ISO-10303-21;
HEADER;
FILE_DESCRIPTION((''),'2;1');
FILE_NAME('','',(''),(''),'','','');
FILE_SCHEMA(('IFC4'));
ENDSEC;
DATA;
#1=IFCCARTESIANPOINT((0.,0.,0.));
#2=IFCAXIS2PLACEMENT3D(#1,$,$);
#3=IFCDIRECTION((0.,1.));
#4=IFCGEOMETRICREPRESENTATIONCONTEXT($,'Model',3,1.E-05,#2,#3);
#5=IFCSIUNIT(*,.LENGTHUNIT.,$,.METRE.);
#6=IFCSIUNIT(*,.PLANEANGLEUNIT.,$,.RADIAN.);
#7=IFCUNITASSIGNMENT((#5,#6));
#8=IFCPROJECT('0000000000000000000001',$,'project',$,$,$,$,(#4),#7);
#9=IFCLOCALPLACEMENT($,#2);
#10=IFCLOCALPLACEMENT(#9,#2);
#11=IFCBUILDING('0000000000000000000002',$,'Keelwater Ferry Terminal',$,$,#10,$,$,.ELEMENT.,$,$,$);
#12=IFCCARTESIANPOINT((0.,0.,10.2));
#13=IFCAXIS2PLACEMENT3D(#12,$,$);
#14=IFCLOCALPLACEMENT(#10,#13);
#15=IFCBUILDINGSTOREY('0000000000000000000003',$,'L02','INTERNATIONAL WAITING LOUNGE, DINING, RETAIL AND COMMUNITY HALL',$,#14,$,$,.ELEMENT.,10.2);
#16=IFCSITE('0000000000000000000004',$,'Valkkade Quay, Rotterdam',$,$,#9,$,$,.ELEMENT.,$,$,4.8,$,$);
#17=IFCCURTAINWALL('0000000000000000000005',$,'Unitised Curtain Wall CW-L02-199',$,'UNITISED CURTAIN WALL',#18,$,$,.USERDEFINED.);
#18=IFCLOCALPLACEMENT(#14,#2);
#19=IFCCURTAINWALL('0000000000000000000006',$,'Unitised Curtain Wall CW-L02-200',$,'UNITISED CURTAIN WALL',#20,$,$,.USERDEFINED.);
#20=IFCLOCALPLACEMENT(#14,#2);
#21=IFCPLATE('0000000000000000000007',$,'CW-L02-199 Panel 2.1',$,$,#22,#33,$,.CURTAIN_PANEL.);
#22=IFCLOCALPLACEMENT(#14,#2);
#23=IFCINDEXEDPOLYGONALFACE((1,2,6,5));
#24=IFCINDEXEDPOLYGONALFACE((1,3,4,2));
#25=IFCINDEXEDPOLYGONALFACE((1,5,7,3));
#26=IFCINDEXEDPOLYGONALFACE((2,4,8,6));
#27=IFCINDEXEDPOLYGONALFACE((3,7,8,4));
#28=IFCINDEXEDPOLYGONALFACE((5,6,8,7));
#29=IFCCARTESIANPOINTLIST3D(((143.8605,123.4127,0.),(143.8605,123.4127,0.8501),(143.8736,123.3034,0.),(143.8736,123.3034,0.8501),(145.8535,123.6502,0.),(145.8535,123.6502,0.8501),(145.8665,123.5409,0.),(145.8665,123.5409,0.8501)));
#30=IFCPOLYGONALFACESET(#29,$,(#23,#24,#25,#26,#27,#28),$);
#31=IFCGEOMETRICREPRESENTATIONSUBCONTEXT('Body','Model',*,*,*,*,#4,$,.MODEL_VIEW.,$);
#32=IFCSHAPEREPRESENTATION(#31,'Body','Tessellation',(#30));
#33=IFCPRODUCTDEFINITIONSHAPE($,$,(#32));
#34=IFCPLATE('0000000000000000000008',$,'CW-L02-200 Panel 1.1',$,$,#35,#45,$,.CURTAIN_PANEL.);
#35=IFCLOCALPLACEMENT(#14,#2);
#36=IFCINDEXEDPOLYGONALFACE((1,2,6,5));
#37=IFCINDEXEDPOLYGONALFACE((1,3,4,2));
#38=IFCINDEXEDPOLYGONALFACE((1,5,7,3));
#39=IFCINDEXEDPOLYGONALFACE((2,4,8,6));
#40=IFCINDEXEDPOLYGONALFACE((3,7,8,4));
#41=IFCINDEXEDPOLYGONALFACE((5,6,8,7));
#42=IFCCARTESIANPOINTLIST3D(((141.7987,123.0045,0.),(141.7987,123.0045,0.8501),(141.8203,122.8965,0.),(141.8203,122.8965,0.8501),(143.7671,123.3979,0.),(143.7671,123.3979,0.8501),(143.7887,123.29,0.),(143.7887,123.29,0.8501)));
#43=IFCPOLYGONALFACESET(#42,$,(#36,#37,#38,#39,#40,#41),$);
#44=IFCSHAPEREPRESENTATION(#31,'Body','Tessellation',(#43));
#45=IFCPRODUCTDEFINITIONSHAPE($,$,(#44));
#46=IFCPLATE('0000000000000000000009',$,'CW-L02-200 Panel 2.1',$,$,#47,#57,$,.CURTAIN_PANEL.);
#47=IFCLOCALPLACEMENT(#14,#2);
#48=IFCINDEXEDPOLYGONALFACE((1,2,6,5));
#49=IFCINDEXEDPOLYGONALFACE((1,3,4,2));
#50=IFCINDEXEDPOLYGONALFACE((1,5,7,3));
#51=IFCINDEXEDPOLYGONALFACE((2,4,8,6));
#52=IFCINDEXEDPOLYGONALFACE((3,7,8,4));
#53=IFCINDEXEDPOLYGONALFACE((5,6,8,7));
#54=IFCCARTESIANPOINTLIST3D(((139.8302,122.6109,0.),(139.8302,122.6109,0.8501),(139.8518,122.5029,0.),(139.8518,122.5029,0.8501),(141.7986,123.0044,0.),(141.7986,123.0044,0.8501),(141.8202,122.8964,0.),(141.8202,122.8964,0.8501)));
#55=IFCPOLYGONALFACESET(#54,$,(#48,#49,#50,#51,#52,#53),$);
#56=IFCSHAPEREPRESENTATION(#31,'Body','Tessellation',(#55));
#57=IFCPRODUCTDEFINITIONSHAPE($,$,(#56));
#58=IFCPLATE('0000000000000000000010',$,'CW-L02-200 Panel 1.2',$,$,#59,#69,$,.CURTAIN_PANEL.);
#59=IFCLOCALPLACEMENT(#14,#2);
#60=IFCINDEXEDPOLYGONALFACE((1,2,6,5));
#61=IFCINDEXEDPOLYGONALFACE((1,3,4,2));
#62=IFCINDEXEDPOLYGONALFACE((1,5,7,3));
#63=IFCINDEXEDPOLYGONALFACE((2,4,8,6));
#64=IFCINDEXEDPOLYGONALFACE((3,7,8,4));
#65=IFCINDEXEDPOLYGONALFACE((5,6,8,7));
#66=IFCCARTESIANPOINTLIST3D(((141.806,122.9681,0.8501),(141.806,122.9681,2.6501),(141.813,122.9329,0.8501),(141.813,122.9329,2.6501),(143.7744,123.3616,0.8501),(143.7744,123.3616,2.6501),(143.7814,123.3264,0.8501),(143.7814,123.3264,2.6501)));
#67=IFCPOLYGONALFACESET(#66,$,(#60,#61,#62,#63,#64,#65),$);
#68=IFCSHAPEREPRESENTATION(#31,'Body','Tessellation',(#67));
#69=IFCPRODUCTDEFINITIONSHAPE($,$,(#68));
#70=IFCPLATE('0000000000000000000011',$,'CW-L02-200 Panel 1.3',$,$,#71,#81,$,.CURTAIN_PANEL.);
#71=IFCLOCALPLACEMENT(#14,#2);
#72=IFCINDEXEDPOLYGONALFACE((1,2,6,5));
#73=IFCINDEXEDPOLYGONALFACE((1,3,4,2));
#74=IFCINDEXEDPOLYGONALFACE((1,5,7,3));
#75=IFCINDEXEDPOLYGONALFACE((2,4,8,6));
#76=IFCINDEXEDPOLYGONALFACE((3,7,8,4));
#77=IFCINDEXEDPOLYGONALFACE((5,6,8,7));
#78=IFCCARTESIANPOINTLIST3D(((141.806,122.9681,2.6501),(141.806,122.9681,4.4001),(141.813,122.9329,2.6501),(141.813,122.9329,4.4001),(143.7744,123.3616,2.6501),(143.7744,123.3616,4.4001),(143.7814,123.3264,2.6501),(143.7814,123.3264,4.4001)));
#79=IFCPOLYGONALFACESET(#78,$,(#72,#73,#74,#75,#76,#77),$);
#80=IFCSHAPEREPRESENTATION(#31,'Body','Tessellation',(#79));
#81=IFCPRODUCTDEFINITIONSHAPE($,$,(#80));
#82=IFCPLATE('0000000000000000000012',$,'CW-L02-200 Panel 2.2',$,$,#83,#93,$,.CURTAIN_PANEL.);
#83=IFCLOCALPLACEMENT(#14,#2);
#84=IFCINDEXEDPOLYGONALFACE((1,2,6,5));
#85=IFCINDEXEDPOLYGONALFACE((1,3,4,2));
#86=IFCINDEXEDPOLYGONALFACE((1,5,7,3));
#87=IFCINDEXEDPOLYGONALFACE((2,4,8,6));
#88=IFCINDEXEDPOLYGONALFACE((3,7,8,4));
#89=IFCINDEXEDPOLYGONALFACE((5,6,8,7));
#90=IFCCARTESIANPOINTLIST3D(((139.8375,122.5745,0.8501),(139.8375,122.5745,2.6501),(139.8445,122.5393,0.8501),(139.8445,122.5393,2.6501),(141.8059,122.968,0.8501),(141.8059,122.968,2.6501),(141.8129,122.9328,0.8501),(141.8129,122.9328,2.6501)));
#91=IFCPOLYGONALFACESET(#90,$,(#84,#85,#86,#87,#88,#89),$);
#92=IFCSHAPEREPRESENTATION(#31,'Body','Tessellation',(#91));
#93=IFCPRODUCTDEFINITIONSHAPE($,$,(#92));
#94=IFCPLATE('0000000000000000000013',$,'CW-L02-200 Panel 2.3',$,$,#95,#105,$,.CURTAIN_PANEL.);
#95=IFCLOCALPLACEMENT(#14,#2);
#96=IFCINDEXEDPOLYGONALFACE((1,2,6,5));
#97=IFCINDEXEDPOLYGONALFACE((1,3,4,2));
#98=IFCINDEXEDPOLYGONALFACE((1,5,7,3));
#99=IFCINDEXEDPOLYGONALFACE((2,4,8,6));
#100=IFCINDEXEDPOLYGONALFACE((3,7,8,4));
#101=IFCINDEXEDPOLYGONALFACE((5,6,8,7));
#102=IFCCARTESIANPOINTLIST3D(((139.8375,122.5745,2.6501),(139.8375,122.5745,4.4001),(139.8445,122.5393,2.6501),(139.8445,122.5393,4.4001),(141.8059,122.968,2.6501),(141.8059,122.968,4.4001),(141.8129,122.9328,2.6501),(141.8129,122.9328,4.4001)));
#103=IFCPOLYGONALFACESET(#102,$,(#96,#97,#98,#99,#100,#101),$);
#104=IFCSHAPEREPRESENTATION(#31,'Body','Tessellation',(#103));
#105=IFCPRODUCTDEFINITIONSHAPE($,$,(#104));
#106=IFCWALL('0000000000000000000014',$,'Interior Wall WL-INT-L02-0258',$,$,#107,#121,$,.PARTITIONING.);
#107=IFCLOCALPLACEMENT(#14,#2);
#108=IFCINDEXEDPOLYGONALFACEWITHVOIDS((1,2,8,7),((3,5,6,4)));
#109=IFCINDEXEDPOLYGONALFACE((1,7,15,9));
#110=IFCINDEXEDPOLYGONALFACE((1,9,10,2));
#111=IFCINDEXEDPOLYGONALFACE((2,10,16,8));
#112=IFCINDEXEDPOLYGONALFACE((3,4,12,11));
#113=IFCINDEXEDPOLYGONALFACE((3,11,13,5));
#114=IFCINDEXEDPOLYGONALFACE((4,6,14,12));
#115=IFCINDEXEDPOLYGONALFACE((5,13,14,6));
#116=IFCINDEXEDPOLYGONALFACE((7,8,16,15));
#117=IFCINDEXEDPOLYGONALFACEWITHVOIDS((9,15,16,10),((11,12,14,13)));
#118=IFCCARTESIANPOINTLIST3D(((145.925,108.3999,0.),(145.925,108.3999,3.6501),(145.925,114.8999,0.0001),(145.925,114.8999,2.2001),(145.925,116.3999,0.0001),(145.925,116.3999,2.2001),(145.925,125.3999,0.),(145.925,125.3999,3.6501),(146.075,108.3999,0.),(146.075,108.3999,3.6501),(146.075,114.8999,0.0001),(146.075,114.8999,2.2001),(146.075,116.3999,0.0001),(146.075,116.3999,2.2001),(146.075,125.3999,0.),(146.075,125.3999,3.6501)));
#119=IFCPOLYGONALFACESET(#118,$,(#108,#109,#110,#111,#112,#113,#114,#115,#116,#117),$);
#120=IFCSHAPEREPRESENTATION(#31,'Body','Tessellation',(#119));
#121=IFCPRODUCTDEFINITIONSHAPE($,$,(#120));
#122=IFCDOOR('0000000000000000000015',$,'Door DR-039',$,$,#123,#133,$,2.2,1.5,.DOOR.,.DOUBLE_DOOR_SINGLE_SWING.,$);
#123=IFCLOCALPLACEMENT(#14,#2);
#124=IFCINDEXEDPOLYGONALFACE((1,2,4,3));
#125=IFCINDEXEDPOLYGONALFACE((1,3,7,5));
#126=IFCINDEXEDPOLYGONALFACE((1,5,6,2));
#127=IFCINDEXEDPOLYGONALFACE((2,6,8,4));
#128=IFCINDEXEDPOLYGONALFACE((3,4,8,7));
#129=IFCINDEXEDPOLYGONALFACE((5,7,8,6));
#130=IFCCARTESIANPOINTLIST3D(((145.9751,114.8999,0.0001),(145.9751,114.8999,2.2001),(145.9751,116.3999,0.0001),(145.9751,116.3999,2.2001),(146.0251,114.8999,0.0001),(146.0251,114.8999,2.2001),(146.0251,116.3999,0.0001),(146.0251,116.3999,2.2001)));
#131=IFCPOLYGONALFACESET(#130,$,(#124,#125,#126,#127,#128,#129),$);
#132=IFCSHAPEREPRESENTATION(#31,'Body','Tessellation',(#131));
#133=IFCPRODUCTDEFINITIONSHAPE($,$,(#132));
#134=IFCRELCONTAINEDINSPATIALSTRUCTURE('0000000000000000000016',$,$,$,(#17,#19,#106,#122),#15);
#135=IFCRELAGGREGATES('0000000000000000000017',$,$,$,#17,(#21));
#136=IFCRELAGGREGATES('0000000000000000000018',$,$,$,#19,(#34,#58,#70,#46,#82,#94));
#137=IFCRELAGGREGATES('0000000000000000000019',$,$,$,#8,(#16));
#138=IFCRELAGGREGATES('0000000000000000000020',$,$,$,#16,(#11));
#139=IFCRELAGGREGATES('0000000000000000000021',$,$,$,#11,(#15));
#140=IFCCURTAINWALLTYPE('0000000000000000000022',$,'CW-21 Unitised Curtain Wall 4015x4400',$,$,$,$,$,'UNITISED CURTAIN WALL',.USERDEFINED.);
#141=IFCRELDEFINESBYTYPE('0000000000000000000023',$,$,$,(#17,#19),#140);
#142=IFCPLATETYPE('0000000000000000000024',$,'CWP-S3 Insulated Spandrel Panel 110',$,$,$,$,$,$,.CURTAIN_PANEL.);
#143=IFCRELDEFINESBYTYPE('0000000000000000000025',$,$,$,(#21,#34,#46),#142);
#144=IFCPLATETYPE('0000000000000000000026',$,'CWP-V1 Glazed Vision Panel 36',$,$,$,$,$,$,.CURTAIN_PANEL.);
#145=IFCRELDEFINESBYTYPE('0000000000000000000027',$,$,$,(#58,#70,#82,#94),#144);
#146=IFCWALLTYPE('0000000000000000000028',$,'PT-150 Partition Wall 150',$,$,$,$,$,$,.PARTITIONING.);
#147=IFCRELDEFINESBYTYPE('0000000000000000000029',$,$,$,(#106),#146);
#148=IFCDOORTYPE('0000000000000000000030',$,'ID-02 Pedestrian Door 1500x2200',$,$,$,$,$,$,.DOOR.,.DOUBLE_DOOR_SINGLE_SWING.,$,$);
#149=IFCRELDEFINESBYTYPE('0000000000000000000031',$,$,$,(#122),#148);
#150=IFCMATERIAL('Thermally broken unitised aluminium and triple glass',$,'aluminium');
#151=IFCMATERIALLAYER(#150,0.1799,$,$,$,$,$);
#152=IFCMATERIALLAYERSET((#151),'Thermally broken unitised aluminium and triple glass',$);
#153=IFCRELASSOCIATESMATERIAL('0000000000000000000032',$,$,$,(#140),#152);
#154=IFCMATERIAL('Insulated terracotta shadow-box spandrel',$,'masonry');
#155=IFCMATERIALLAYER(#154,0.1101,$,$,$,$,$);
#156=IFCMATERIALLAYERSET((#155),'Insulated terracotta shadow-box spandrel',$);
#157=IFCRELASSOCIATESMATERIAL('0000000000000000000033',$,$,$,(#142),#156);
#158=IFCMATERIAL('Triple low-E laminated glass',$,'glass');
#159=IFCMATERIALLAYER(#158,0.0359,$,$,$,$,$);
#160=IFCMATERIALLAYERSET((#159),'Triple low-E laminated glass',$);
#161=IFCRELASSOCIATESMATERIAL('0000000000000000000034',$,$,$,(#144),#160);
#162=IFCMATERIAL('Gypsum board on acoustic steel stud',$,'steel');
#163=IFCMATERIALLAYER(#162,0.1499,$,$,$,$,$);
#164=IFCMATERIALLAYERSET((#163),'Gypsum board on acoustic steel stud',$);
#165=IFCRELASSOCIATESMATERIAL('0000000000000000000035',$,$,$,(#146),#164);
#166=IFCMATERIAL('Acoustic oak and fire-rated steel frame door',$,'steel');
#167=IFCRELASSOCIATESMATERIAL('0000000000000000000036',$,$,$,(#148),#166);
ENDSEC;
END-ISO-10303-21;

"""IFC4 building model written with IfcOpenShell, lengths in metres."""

from ifc_helpers import new_model, si_unit, direction, frame, frame_2d, origin, origin_2d, place, context, subcontext, project, spatial, rectangle, extrude, material, layer, layer_set, type_object, element, fill, aggregate, save


model = new_model("IFC4")

# Units and contexts
model_context = context("Model", 3, precision=1e-05, world=origin(), true_north=direction((0.0, 1.0)))
body_context = subcontext(model_context, "Body", "Model", "MODEL_VIEW")
ifc_project = project(units=[si_unit("LENGTHUNIT", "METRE"), si_unit("PLANEANGLEUNIT", "RADIAN")], contexts=[model_context])

# Site, building, storey
site_placement = place(None, origin())
site = spatial("IfcSite", under=ifc_project, at=site_placement, Name="Valkkade Quay, Rotterdam", CompositionType="ELEMENT", RefElevation=4.8)
building_placement = place(site_placement, origin())
building = spatial("IfcBuilding", under=site, at=building_placement, Name="Keelwater Ferry Terminal", CompositionType="ELEMENT")
storey_placement = place(building_placement, frame((0.0, 0.0, 10.2)))
storey = spatial("IfcBuildingStorey", under=building, at=storey_placement, Name="L02", Description="INTERNATIONAL WAITING LOUNGE, DINING, RETAIL AND COMMUNITY HALL", CompositionType="ELEMENT", Elevation=10.2)

# Curtain wall
ifc_material_1 = material(Name="Thermally broken unitised aluminium and triple glass", Category="aluminium")
ifc_layer_1 = layer(ifc_material_1, 0.1799)
ifc_layer_set_1 = layer_set([ifc_layer_1], Name="Thermally broken unitised aluminium and triple glass")
curtain_wall_type = type_object("IfcCurtainWallType", Name="CW-21 Unitised Curtain Wall 4015x4400", ElementType="UNITISED CURTAIN WALL", PredefinedType="USERDEFINED", material=ifc_layer_set_1)
curtain_wall_1_placement = place(storey_placement, origin())
curtain_wall_1 = element("IfcCurtainWall", 1, at=curtain_wall_1_placement, inside=storey, type_object=curtain_wall_type, Name="Unitised Curtain Wall CW-L02-199", ObjectType="UNITISED CURTAIN WALL", PredefinedType="USERDEFINED")

# Curtain wall
curtain_wall_2_placement = place(storey_placement, origin())
curtain_wall_2 = element("IfcCurtainWall", 2, at=curtain_wall_2_placement, inside=storey, type_object=curtain_wall_type, Name="Unitised Curtain Wall CW-L02-200", ObjectType="UNITISED CURTAIN WALL", PredefinedType="USERDEFINED")

# Plates
ifc_material_2 = material(Name="Insulated terracotta shadow-box spandrel", Category="masonry")
ifc_layer_2 = layer(ifc_material_2, 0.1101)
ifc_layer_set_2 = layer_set([ifc_layer_2], Name="Insulated terracotta shadow-box spandrel")
plate_type_1 = type_object("IfcPlateType", Name="CWP-S3 Insulated Spandrel Panel 110", PredefinedType="CURTAIN_PANEL", material=ifc_layer_set_2)
plate_1_placement = place(storey_placement, frame((144.8635, 123.4768, 0.0), z_axis=(0.0, 0.0, 1.0), x_axis=(-0.992974, -0.11833, 0.0)))
plate_1 = element("IfcPlate", 3, at=plate_1_placement, type_object=plate_type_1, Name="CW-L02-199 Panel 2.1", PredefinedType="CURTAIN_PANEL", context=body_context, shape_type="SweptSolid", body=[
    extrude(rectangle(XDim=2.0071, YDim=0.1101, at=origin_2d()), origin(), (0.0, 0.0, 1.0), 0.8501),
])
aggregate(curtain_wall_1, [plate_1])
plate_2_placement = place(storey_placement, frame((142.7937, 123.1472, 0.0), z_axis=(0.0, 0.0, 1.0), x_axis=(-0.9806, -0.19602, 0.0)))
plate_2 = element("IfcPlate", 4, at=plate_2_placement, type_object=plate_type_1, Name="CW-L02-200 Panel 1.1", PredefinedType="CURTAIN_PANEL", context=body_context, shape_type="SweptSolid", body=[
    extrude(rectangle(XDim=2.0073, YDim=0.1101, at=origin_2d()), origin(), (0.0, 0.0, 1.0), 0.8501),
])
plate_3_placement = place(storey_placement, frame((140.8252, 122.7537, 0.0), z_axis=(0.0, 0.0, 1.0), x_axis=(-0.9806, -0.19602, 0.0)))
plate_3 = element("IfcPlate", 5, at=plate_3_placement, type_object=plate_type_1, Name="CW-L02-200 Panel 2.1", PredefinedType="CURTAIN_PANEL", context=body_context, shape_type="SweptSolid", body=[
    extrude(rectangle(XDim=2.0073, YDim=0.1101, at=origin_2d()), origin(), (0.0, 0.0, 1.0), 0.8501),
])
ifc_material_3 = material(Name="Triple low-E laminated glass", Category="glass")
ifc_layer_3 = layer(ifc_material_3, 0.0359)
ifc_layer_set_3 = layer_set([ifc_layer_3], Name="Triple low-E laminated glass")
plate_type_2 = type_object("IfcPlateType", Name="CWP-V1 Glazed Vision Panel 36", PredefinedType="CURTAIN_PANEL", material=ifc_layer_set_3)
plate_4_placement = place(storey_placement, frame((142.7937, 123.1472, 0.8501), z_axis=(0.0, 0.0, 1.0), x_axis=(-0.9806, -0.19602, 0.0)))
plate_4 = element("IfcPlate", 6, at=plate_4_placement, type_object=plate_type_2, Name="CW-L02-200 Panel 1.2", PredefinedType="CURTAIN_PANEL", context=body_context, shape_type="SweptSolid", body=[
    extrude(rectangle(XDim=2.0073, YDim=0.0359, at=origin_2d()), origin(), (0.0, 0.0, 1.0), 1.8),
])
plate_5_placement = place(storey_placement, frame((142.7937, 123.1472, 2.6501), z_axis=(0.0, 0.0, 1.0), x_axis=(-0.9806, -0.19602, 0.0)))
plate_5 = element("IfcPlate", 7, at=plate_5_placement, type_object=plate_type_2, Name="CW-L02-200 Panel 1.3", PredefinedType="CURTAIN_PANEL", context=body_context, shape_type="SweptSolid", body=[
    extrude(rectangle(XDim=2.0073, YDim=0.0359, at=origin_2d()), origin(), (0.0, 0.0, 1.0), 1.75),
])
plate_6_placement = place(storey_placement, frame((140.8252, 122.7537, 0.8501), z_axis=(0.0, 0.0, 1.0), x_axis=(-0.9806, -0.19602, 0.0)))
plate_6 = element("IfcPlate", 8, at=plate_6_placement, type_object=plate_type_2, Name="CW-L02-200 Panel 2.2", PredefinedType="CURTAIN_PANEL", context=body_context, shape_type="SweptSolid", body=[
    extrude(rectangle(XDim=2.0073, YDim=0.0359, at=origin_2d()), origin(), (0.0, 0.0, 1.0), 1.8),
])
plate_7_placement = place(storey_placement, frame((140.8252, 122.7537, 2.6501), z_axis=(0.0, 0.0, 1.0), x_axis=(-0.9806, -0.19602, 0.0)))
plate_7 = element("IfcPlate", 9, at=plate_7_placement, type_object=plate_type_2, Name="CW-L02-200 Panel 2.3", PredefinedType="CURTAIN_PANEL", context=body_context, shape_type="SweptSolid", body=[
    extrude(rectangle(XDim=2.0073, YDim=0.0359, at=origin_2d()), origin(), (0.0, 0.0, 1.0), 1.75),
])
aggregate(curtain_wall_2, [plate_2, plate_4, plate_5, plate_3, plate_6, plate_7])

# Wall, opening, door
ifc_material_4 = material(Name="Gypsum board on acoustic steel stud", Category="steel")
ifc_layer_4 = layer(ifc_material_4, 0.1499)
ifc_layer_set_4 = layer_set([ifc_layer_4], Name="Gypsum board on acoustic steel stud")
wall_type = type_object("IfcWallType", Name="PT-150 Partition Wall 150", PredefinedType="PARTITIONING", material=ifc_layer_set_4)
wall_placement = place(storey_placement, frame((146.0, 108.3999, 0.0), z_axis=(0.0, 0.0, 1.0), x_axis=(0.0, 1.0, 0.0)))
wall = element("IfcWall", 10, at=wall_placement, inside=storey, type_object=wall_type, Name="Interior Wall WL-INT-L02-0258", PredefinedType="PARTITIONING", context=body_context, shape_type="SweptSolid", body=[
    extrude(rectangle(XDim=17.0, YDim=0.1499, at=frame_2d((8.5, 0.0))), origin(), (0.0, 0.0, 1.0), 3.6501),
])
opening_placement = place(wall_placement, frame((6.5, 0.0, 0.0)))
opening = element("IfcOpeningElement", 11, at=opening_placement, cuts=wall, PredefinedType="OPENING", context=body_context, shape_type="SweptSolid", body=[
    extrude(rectangle(XDim=1.5, YDim=2.2, at=frame_2d((0.75, 1.1001))), frame((0.0, 0.085, 0.0), z_axis=(0.0, -1.0, 0.0), x_axis=(1.0, 0.0, 0.0)), (0.0, 0.0, 1.0), 0.1699),
])
ifc_material_5 = material(Name="Acoustic oak and fire-rated steel frame door", Category="steel")
door_type = type_object("IfcDoorType", Name="ID-02 Pedestrian Door 1500x2200", OperationType="DOUBLE_DOOR_SINGLE_SWING", PredefinedType="DOOR", material=ifc_material_5)
door_placement = place(opening_placement, origin())
door = element("IfcDoor", 12, at=door_placement, inside=storey, type_object=door_type, Name="Door DR-039", OperationType="DOUBLE_DOOR_SINGLE_SWING", OverallHeight=2.2, OverallWidth=1.5, PredefinedType="DOOR", context=body_context, shape_type="SweptSolid", body=[
    extrude(rectangle(XDim=1.5, YDim=2.2, at=frame_2d((0.75, 1.1001))), frame((0.0, 0.0249, 0.0), z_axis=(0.0, -1.0, 0.0), x_axis=(1.0, 0.0, 0.0)), (0.0, 0.0, 1.0), 0.05),
])
fill(opening, door)

save(model, "model.ifc")
